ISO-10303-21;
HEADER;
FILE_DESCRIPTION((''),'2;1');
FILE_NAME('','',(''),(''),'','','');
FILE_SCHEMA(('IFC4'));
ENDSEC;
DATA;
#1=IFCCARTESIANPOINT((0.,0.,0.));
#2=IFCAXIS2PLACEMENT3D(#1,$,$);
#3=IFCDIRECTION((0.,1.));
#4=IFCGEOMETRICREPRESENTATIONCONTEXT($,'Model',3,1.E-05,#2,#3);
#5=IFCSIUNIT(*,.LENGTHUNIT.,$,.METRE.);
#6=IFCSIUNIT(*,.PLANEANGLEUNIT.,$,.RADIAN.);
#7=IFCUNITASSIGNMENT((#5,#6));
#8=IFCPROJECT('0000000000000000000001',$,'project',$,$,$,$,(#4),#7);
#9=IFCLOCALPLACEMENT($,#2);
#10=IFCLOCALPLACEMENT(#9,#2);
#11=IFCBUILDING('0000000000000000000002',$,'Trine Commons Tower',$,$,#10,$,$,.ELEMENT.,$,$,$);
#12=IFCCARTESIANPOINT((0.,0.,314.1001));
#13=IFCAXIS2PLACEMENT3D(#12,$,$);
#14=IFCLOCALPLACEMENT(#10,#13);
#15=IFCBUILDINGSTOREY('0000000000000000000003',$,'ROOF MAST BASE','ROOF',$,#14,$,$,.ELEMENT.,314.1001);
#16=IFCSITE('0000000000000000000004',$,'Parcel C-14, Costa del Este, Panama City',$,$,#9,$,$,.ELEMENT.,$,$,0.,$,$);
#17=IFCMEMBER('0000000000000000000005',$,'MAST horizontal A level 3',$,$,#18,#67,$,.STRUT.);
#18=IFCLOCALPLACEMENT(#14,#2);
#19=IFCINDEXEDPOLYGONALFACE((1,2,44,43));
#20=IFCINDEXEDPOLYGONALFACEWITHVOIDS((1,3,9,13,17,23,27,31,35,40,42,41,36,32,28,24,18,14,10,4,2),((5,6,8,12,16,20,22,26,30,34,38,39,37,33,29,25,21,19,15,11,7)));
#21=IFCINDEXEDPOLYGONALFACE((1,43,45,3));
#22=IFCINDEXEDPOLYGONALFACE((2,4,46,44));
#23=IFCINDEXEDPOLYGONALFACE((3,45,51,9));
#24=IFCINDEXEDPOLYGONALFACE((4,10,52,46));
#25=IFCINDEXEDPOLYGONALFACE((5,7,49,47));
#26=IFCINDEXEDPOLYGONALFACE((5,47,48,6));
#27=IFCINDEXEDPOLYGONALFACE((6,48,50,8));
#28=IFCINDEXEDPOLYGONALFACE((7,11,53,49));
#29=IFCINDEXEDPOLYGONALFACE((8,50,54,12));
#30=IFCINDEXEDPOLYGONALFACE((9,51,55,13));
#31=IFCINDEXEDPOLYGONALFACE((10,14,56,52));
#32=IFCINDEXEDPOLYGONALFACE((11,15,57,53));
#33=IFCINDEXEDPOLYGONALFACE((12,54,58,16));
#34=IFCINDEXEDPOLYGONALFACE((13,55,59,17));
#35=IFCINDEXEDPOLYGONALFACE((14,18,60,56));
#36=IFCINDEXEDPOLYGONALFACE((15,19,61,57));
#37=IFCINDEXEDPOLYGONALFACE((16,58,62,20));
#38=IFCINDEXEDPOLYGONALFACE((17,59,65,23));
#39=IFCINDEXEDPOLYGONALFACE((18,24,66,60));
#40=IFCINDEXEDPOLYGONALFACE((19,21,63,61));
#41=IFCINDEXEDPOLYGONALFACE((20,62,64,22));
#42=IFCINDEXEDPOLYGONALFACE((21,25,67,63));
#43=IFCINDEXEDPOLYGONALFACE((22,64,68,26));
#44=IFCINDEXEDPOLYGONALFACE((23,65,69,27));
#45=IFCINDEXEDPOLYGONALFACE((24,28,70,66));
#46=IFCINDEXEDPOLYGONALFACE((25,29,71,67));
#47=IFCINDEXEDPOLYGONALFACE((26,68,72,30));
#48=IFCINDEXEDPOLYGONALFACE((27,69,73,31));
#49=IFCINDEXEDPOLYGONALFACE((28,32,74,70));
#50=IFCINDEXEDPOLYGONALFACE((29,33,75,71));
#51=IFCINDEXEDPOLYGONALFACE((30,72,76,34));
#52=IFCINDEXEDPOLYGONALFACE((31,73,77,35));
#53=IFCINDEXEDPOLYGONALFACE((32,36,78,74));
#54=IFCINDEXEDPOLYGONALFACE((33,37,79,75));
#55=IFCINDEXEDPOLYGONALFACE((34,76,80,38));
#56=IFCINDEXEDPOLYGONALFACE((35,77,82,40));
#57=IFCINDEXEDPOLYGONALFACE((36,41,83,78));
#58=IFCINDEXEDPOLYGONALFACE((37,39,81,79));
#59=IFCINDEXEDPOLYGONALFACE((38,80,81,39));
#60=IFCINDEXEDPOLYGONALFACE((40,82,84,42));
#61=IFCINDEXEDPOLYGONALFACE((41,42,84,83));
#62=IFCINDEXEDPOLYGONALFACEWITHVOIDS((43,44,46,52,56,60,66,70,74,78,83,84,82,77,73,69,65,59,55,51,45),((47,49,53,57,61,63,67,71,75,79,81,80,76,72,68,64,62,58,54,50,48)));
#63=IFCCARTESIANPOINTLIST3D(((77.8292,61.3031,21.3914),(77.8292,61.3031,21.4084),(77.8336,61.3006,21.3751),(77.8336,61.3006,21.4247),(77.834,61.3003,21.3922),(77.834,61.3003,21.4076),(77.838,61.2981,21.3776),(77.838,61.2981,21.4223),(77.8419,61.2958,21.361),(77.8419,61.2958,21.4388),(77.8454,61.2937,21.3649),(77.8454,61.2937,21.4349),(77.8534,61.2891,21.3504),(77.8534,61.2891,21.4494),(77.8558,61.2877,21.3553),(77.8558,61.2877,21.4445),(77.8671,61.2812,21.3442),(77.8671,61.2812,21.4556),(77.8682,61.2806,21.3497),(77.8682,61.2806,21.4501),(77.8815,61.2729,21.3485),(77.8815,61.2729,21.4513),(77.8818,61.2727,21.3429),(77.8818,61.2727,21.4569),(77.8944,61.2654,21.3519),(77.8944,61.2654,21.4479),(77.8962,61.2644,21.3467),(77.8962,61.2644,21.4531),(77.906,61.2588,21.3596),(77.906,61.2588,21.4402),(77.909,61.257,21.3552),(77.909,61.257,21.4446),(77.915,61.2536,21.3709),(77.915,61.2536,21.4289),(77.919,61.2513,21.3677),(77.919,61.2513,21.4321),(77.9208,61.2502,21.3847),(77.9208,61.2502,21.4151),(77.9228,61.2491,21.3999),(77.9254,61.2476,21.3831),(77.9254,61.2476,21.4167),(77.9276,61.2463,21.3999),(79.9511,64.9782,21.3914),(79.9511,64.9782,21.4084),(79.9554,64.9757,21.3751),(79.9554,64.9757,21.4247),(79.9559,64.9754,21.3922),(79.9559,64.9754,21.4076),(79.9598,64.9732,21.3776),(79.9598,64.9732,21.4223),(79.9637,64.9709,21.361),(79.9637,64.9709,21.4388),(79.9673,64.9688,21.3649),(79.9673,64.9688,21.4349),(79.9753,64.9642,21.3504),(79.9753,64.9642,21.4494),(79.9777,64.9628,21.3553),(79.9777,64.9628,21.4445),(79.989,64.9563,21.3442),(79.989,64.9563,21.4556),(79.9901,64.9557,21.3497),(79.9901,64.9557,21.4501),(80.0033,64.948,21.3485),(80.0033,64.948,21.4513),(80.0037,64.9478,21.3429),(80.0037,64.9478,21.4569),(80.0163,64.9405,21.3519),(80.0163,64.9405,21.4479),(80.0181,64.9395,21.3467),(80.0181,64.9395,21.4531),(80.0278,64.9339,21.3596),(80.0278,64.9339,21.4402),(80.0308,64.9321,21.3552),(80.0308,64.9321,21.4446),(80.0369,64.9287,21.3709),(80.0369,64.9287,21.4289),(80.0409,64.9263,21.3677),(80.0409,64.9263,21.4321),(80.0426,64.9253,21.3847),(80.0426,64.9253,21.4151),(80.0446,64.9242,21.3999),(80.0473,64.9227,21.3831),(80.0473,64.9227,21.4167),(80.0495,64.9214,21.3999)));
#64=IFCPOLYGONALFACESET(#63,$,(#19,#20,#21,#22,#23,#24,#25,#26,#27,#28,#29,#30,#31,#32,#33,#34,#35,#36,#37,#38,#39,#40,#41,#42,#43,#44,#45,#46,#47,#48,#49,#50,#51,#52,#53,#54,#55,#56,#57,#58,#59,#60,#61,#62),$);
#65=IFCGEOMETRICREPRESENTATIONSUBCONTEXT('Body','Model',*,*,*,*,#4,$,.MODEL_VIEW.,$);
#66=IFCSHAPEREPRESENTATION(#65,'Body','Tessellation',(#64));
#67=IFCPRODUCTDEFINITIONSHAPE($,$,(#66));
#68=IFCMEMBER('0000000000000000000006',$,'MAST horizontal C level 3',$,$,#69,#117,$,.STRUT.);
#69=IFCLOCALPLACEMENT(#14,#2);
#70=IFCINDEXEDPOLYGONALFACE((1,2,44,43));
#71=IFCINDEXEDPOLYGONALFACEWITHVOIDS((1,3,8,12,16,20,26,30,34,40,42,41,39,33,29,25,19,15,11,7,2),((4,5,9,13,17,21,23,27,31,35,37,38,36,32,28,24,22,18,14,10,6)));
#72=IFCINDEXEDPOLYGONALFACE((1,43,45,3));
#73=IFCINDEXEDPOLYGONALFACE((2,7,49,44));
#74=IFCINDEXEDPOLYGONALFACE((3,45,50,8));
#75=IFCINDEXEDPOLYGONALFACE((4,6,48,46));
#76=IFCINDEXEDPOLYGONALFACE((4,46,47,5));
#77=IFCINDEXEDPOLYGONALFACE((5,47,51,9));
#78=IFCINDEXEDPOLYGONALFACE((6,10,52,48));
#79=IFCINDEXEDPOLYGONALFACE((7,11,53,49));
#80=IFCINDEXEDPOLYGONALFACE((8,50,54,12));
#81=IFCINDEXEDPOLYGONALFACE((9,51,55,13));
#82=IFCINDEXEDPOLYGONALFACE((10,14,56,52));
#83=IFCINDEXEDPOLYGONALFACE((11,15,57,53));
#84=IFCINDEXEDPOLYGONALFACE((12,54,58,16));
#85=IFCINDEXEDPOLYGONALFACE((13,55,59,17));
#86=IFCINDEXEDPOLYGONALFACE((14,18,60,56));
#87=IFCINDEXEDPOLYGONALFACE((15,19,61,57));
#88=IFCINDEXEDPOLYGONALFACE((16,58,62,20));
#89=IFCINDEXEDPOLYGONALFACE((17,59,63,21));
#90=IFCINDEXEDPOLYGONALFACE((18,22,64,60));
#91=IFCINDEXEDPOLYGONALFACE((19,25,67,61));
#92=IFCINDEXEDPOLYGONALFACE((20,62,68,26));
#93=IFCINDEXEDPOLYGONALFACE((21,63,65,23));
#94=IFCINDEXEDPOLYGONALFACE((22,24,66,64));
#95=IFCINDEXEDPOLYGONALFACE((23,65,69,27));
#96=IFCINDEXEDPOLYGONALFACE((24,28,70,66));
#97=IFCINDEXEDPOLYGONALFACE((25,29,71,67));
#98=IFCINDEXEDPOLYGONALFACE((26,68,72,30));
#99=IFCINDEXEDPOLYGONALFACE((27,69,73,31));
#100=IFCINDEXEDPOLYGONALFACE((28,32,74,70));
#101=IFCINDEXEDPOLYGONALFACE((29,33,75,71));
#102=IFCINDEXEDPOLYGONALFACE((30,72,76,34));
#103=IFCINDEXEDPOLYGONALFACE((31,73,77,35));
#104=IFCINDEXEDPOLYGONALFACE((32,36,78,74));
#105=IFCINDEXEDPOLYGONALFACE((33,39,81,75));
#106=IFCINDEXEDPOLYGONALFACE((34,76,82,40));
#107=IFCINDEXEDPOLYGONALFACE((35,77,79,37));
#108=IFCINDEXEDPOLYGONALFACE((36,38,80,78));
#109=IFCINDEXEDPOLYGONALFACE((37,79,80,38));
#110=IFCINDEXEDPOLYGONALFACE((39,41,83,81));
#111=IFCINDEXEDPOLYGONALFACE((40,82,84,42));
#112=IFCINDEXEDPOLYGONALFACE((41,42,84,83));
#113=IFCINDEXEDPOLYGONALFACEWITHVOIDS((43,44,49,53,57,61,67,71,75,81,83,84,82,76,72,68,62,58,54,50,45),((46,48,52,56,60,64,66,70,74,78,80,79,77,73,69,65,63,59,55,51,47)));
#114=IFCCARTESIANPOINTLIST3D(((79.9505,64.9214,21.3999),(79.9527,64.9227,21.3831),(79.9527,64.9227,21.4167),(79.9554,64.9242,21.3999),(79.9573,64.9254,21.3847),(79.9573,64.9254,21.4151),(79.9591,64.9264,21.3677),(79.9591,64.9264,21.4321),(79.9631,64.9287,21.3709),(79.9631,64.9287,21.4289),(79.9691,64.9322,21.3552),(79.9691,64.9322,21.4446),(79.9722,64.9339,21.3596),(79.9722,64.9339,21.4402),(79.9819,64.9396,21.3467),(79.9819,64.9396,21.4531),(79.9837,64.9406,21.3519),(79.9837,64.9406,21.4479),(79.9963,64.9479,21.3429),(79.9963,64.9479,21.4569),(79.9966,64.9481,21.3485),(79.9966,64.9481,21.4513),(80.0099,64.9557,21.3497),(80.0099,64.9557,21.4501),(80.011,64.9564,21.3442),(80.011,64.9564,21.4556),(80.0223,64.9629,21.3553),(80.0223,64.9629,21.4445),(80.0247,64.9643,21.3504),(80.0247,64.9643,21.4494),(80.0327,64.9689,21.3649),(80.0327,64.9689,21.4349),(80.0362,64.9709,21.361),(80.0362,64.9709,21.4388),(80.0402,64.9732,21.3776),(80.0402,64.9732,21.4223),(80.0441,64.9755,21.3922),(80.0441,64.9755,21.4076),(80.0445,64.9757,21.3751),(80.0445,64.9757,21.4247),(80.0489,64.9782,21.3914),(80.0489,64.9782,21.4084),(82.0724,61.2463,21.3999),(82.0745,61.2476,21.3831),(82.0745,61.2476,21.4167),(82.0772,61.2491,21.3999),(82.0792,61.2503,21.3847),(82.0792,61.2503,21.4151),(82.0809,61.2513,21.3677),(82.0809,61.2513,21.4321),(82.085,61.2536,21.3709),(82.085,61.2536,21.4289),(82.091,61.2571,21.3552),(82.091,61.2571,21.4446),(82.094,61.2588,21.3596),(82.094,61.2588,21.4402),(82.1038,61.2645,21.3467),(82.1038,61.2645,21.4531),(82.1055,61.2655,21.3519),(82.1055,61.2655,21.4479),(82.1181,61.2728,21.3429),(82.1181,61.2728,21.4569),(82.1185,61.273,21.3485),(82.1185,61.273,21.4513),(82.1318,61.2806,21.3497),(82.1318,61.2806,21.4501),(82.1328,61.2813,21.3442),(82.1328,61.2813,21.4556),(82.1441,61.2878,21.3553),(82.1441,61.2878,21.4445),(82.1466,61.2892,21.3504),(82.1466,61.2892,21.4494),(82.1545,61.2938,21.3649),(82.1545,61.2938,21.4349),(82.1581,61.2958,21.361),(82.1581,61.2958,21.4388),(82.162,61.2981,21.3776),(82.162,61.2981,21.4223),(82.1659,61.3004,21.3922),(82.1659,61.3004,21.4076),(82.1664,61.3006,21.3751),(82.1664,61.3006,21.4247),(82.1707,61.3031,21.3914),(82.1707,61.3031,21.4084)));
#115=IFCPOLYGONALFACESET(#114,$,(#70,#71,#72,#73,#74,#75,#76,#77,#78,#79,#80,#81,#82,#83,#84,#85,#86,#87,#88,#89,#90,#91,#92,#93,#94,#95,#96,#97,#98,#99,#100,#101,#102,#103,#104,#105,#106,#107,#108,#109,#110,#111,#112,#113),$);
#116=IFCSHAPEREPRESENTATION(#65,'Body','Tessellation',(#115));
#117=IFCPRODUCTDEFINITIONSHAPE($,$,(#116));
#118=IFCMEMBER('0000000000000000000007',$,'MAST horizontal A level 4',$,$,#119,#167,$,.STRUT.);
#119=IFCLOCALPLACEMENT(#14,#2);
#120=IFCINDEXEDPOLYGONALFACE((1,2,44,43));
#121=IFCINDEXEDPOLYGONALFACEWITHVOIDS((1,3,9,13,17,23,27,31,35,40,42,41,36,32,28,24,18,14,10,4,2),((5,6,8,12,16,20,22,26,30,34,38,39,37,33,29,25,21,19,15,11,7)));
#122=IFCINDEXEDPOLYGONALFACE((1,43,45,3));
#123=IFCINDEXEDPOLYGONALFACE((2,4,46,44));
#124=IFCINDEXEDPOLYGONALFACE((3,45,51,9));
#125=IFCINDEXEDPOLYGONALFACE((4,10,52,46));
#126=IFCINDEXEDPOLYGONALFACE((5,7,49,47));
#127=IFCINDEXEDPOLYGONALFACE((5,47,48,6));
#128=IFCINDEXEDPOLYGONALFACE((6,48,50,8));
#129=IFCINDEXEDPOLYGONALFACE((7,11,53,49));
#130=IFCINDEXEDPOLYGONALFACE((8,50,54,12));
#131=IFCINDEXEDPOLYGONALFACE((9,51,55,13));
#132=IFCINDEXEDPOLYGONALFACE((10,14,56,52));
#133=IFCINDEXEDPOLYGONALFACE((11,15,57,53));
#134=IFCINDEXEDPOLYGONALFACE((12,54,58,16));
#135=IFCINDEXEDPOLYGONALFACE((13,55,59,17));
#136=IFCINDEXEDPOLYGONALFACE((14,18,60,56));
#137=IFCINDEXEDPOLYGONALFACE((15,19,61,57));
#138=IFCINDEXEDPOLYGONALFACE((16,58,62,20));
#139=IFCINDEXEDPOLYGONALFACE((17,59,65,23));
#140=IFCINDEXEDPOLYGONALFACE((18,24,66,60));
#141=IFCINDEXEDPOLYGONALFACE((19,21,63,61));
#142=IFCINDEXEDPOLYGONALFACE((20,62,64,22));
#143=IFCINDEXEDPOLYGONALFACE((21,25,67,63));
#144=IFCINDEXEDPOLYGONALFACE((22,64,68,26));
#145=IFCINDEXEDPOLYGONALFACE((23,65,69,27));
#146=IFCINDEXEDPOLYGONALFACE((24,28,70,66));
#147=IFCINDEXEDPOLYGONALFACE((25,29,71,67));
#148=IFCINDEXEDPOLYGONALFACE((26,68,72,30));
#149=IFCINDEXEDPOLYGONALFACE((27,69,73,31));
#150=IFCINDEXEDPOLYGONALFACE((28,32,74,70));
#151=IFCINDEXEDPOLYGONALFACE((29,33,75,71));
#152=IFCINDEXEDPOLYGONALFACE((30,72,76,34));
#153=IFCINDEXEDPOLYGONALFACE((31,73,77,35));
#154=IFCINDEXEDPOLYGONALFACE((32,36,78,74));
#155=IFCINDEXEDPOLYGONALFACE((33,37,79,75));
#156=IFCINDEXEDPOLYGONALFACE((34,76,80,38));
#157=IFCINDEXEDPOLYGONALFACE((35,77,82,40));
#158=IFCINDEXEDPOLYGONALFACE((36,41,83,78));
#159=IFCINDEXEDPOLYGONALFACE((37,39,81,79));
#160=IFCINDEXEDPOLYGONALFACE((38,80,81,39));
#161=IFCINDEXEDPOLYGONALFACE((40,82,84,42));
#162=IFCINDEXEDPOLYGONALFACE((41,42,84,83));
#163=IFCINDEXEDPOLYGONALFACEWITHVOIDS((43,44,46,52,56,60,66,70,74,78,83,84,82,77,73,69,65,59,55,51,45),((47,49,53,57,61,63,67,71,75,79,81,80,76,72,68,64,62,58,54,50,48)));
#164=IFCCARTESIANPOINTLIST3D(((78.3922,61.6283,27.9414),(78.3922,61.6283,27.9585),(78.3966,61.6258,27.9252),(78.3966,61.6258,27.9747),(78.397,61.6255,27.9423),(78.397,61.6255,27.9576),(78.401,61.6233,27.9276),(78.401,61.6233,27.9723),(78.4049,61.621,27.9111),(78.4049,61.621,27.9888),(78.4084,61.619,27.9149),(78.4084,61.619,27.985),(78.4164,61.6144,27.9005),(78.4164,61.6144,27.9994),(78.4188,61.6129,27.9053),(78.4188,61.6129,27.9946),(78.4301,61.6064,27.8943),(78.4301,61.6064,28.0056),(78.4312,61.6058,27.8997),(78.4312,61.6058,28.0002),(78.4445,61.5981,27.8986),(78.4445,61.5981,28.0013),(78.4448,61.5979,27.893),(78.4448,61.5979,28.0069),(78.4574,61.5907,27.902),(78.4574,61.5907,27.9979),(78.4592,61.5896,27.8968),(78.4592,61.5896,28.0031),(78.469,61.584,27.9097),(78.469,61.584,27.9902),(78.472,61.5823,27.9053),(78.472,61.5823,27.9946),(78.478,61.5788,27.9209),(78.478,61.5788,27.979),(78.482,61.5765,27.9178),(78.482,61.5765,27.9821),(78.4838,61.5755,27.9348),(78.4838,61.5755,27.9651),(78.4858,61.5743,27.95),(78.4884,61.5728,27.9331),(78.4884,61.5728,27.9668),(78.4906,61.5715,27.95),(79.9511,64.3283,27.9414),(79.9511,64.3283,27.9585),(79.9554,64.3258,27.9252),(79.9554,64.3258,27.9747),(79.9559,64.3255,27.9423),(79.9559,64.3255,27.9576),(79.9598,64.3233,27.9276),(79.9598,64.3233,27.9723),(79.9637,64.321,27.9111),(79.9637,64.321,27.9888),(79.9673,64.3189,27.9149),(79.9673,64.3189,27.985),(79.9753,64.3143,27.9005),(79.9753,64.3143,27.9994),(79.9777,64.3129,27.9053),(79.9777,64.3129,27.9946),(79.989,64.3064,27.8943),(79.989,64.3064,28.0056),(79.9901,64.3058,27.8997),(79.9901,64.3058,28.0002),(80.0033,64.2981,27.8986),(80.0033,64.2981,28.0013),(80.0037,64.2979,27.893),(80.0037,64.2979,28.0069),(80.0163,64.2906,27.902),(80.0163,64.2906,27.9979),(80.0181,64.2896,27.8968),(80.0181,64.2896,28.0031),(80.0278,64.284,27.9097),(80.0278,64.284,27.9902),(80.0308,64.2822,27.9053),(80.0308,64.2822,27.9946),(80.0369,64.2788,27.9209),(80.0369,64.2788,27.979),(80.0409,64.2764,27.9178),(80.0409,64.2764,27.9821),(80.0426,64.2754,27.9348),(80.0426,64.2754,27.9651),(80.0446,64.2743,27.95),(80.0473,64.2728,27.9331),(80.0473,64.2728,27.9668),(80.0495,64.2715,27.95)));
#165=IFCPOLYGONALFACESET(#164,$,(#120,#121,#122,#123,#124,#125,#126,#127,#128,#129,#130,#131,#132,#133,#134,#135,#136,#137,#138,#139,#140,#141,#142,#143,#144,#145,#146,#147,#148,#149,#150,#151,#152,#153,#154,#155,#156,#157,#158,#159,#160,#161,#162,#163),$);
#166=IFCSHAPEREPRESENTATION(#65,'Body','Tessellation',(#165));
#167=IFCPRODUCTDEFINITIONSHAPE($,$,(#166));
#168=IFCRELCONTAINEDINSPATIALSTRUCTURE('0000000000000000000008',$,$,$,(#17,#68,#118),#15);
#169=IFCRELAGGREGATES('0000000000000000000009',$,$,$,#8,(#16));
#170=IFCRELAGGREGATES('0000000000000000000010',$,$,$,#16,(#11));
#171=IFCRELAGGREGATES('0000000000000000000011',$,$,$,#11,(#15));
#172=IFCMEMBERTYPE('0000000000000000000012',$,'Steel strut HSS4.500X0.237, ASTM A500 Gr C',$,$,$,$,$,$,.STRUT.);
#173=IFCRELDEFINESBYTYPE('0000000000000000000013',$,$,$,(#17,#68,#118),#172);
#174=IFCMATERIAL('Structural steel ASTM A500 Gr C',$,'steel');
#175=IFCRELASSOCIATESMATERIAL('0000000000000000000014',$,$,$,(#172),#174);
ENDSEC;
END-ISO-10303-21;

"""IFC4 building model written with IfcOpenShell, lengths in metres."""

from ifc_helpers import new_model, si_unit, direction, frame, origin, origin_2d, place, context, subcontext, project, spatial, hollow_circle, extrude, material, material_profile, profile_set, type_object, element, save


model = new_model("IFC4")

# Units and contexts
model_context = context("Model", 3, precision=1e-05, world=origin(), true_north=direction((0.0, 1.0)))
body_context = subcontext(model_context, "Body", "Model", "MODEL_VIEW")
ifc_project = project(units=[si_unit("LENGTHUNIT", "METRE"), si_unit("PLANEANGLEUNIT", "RADIAN")], contexts=[model_context])

# Site, building, storey
site_placement = place(None, origin())
site = spatial("IfcSite", under=ifc_project, at=site_placement, Name="Parcel C-14, Costa del Este, Panama City", CompositionType="ELEMENT", RefElevation=0.0)
building_placement = place(site_placement, origin())
building = spatial("IfcBuilding", under=site, at=building_placement, Name="Trine Commons Tower", CompositionType="ELEMENT")
storey_placement = place(building_placement, frame((0.0, 0.0, 314.1001)))
storey = spatial("IfcBuildingStorey", under=building, at=storey_placement, Name="ROOF MAST BASE", Description="ROOF", CompositionType="ELEMENT", Elevation=314.1001)

# Members
ifc_material_1 = material(Name="Structural steel ASTM A500 Gr C", Category="steel")
ifc_material_profile_1 = material_profile(ifc_material_1, hollow_circle(Radius=0.0571, WallThickness=0.0056, at=origin_2d()), Name="HSS4.500X0.237")
ifc_profile_set_1 = profile_set([ifc_material_profile_1], Name="Structural steel ASTM A500 Gr C")
member_type_1 = type_object("IfcMemberType", Name="Steel strut HSS4.500X0.237, ASTM A500 Gr C", PredefinedType="STRUT", material=ifc_profile_set_1)
for number, where, z_axis, x_axis, name in (
    (1, (80.0, 64.95, 21.3999), (-0.500006, -0.866022, 0.0), (0.866022, -0.500006, 0.0), "MAST horizontal A level 3"),
    (2, (82.1218, 61.2749, 21.3999), (-0.500006, 0.866022, 0.0), (-0.866022, -0.500006, 0.0), "MAST horizontal C level 3"),
):
    element("IfcMember", number, at=place(storey_placement, frame(where, z_axis=z_axis, x_axis=x_axis)), inside=storey, type_object=member_type_1, Name=name, PredefinedType="STRUT", context=body_context, shape_type="SweptSolid", body=[
        extrude(hollow_circle(Radius=0.0571, WallThickness=0.0056, at=origin_2d()), origin(), (0.0, 0.0, 1.0), 4.2437),
    ])
for number, where, z_axis, x_axis, name in (
    (3, (80.0, 64.3, 27.95), (-0.500005, -0.866023, 0.0), (0.866023, -0.500005, 0.0), "MAST horizontal A level 4"),
):
    element("IfcMember", number, at=place(storey_placement, frame(where, z_axis=z_axis, x_axis=x_axis)), inside=storey, type_object=member_type_1, Name=name, PredefinedType="STRUT", context=body_context, shape_type="SweptSolid", body=[
        extrude(hollow_circle(Radius=0.0571, WallThickness=0.0056, at=origin_2d()), origin(), (0.0, 0.0, 1.0), 3.1177),
    ])

save(model, "model.ifc")
